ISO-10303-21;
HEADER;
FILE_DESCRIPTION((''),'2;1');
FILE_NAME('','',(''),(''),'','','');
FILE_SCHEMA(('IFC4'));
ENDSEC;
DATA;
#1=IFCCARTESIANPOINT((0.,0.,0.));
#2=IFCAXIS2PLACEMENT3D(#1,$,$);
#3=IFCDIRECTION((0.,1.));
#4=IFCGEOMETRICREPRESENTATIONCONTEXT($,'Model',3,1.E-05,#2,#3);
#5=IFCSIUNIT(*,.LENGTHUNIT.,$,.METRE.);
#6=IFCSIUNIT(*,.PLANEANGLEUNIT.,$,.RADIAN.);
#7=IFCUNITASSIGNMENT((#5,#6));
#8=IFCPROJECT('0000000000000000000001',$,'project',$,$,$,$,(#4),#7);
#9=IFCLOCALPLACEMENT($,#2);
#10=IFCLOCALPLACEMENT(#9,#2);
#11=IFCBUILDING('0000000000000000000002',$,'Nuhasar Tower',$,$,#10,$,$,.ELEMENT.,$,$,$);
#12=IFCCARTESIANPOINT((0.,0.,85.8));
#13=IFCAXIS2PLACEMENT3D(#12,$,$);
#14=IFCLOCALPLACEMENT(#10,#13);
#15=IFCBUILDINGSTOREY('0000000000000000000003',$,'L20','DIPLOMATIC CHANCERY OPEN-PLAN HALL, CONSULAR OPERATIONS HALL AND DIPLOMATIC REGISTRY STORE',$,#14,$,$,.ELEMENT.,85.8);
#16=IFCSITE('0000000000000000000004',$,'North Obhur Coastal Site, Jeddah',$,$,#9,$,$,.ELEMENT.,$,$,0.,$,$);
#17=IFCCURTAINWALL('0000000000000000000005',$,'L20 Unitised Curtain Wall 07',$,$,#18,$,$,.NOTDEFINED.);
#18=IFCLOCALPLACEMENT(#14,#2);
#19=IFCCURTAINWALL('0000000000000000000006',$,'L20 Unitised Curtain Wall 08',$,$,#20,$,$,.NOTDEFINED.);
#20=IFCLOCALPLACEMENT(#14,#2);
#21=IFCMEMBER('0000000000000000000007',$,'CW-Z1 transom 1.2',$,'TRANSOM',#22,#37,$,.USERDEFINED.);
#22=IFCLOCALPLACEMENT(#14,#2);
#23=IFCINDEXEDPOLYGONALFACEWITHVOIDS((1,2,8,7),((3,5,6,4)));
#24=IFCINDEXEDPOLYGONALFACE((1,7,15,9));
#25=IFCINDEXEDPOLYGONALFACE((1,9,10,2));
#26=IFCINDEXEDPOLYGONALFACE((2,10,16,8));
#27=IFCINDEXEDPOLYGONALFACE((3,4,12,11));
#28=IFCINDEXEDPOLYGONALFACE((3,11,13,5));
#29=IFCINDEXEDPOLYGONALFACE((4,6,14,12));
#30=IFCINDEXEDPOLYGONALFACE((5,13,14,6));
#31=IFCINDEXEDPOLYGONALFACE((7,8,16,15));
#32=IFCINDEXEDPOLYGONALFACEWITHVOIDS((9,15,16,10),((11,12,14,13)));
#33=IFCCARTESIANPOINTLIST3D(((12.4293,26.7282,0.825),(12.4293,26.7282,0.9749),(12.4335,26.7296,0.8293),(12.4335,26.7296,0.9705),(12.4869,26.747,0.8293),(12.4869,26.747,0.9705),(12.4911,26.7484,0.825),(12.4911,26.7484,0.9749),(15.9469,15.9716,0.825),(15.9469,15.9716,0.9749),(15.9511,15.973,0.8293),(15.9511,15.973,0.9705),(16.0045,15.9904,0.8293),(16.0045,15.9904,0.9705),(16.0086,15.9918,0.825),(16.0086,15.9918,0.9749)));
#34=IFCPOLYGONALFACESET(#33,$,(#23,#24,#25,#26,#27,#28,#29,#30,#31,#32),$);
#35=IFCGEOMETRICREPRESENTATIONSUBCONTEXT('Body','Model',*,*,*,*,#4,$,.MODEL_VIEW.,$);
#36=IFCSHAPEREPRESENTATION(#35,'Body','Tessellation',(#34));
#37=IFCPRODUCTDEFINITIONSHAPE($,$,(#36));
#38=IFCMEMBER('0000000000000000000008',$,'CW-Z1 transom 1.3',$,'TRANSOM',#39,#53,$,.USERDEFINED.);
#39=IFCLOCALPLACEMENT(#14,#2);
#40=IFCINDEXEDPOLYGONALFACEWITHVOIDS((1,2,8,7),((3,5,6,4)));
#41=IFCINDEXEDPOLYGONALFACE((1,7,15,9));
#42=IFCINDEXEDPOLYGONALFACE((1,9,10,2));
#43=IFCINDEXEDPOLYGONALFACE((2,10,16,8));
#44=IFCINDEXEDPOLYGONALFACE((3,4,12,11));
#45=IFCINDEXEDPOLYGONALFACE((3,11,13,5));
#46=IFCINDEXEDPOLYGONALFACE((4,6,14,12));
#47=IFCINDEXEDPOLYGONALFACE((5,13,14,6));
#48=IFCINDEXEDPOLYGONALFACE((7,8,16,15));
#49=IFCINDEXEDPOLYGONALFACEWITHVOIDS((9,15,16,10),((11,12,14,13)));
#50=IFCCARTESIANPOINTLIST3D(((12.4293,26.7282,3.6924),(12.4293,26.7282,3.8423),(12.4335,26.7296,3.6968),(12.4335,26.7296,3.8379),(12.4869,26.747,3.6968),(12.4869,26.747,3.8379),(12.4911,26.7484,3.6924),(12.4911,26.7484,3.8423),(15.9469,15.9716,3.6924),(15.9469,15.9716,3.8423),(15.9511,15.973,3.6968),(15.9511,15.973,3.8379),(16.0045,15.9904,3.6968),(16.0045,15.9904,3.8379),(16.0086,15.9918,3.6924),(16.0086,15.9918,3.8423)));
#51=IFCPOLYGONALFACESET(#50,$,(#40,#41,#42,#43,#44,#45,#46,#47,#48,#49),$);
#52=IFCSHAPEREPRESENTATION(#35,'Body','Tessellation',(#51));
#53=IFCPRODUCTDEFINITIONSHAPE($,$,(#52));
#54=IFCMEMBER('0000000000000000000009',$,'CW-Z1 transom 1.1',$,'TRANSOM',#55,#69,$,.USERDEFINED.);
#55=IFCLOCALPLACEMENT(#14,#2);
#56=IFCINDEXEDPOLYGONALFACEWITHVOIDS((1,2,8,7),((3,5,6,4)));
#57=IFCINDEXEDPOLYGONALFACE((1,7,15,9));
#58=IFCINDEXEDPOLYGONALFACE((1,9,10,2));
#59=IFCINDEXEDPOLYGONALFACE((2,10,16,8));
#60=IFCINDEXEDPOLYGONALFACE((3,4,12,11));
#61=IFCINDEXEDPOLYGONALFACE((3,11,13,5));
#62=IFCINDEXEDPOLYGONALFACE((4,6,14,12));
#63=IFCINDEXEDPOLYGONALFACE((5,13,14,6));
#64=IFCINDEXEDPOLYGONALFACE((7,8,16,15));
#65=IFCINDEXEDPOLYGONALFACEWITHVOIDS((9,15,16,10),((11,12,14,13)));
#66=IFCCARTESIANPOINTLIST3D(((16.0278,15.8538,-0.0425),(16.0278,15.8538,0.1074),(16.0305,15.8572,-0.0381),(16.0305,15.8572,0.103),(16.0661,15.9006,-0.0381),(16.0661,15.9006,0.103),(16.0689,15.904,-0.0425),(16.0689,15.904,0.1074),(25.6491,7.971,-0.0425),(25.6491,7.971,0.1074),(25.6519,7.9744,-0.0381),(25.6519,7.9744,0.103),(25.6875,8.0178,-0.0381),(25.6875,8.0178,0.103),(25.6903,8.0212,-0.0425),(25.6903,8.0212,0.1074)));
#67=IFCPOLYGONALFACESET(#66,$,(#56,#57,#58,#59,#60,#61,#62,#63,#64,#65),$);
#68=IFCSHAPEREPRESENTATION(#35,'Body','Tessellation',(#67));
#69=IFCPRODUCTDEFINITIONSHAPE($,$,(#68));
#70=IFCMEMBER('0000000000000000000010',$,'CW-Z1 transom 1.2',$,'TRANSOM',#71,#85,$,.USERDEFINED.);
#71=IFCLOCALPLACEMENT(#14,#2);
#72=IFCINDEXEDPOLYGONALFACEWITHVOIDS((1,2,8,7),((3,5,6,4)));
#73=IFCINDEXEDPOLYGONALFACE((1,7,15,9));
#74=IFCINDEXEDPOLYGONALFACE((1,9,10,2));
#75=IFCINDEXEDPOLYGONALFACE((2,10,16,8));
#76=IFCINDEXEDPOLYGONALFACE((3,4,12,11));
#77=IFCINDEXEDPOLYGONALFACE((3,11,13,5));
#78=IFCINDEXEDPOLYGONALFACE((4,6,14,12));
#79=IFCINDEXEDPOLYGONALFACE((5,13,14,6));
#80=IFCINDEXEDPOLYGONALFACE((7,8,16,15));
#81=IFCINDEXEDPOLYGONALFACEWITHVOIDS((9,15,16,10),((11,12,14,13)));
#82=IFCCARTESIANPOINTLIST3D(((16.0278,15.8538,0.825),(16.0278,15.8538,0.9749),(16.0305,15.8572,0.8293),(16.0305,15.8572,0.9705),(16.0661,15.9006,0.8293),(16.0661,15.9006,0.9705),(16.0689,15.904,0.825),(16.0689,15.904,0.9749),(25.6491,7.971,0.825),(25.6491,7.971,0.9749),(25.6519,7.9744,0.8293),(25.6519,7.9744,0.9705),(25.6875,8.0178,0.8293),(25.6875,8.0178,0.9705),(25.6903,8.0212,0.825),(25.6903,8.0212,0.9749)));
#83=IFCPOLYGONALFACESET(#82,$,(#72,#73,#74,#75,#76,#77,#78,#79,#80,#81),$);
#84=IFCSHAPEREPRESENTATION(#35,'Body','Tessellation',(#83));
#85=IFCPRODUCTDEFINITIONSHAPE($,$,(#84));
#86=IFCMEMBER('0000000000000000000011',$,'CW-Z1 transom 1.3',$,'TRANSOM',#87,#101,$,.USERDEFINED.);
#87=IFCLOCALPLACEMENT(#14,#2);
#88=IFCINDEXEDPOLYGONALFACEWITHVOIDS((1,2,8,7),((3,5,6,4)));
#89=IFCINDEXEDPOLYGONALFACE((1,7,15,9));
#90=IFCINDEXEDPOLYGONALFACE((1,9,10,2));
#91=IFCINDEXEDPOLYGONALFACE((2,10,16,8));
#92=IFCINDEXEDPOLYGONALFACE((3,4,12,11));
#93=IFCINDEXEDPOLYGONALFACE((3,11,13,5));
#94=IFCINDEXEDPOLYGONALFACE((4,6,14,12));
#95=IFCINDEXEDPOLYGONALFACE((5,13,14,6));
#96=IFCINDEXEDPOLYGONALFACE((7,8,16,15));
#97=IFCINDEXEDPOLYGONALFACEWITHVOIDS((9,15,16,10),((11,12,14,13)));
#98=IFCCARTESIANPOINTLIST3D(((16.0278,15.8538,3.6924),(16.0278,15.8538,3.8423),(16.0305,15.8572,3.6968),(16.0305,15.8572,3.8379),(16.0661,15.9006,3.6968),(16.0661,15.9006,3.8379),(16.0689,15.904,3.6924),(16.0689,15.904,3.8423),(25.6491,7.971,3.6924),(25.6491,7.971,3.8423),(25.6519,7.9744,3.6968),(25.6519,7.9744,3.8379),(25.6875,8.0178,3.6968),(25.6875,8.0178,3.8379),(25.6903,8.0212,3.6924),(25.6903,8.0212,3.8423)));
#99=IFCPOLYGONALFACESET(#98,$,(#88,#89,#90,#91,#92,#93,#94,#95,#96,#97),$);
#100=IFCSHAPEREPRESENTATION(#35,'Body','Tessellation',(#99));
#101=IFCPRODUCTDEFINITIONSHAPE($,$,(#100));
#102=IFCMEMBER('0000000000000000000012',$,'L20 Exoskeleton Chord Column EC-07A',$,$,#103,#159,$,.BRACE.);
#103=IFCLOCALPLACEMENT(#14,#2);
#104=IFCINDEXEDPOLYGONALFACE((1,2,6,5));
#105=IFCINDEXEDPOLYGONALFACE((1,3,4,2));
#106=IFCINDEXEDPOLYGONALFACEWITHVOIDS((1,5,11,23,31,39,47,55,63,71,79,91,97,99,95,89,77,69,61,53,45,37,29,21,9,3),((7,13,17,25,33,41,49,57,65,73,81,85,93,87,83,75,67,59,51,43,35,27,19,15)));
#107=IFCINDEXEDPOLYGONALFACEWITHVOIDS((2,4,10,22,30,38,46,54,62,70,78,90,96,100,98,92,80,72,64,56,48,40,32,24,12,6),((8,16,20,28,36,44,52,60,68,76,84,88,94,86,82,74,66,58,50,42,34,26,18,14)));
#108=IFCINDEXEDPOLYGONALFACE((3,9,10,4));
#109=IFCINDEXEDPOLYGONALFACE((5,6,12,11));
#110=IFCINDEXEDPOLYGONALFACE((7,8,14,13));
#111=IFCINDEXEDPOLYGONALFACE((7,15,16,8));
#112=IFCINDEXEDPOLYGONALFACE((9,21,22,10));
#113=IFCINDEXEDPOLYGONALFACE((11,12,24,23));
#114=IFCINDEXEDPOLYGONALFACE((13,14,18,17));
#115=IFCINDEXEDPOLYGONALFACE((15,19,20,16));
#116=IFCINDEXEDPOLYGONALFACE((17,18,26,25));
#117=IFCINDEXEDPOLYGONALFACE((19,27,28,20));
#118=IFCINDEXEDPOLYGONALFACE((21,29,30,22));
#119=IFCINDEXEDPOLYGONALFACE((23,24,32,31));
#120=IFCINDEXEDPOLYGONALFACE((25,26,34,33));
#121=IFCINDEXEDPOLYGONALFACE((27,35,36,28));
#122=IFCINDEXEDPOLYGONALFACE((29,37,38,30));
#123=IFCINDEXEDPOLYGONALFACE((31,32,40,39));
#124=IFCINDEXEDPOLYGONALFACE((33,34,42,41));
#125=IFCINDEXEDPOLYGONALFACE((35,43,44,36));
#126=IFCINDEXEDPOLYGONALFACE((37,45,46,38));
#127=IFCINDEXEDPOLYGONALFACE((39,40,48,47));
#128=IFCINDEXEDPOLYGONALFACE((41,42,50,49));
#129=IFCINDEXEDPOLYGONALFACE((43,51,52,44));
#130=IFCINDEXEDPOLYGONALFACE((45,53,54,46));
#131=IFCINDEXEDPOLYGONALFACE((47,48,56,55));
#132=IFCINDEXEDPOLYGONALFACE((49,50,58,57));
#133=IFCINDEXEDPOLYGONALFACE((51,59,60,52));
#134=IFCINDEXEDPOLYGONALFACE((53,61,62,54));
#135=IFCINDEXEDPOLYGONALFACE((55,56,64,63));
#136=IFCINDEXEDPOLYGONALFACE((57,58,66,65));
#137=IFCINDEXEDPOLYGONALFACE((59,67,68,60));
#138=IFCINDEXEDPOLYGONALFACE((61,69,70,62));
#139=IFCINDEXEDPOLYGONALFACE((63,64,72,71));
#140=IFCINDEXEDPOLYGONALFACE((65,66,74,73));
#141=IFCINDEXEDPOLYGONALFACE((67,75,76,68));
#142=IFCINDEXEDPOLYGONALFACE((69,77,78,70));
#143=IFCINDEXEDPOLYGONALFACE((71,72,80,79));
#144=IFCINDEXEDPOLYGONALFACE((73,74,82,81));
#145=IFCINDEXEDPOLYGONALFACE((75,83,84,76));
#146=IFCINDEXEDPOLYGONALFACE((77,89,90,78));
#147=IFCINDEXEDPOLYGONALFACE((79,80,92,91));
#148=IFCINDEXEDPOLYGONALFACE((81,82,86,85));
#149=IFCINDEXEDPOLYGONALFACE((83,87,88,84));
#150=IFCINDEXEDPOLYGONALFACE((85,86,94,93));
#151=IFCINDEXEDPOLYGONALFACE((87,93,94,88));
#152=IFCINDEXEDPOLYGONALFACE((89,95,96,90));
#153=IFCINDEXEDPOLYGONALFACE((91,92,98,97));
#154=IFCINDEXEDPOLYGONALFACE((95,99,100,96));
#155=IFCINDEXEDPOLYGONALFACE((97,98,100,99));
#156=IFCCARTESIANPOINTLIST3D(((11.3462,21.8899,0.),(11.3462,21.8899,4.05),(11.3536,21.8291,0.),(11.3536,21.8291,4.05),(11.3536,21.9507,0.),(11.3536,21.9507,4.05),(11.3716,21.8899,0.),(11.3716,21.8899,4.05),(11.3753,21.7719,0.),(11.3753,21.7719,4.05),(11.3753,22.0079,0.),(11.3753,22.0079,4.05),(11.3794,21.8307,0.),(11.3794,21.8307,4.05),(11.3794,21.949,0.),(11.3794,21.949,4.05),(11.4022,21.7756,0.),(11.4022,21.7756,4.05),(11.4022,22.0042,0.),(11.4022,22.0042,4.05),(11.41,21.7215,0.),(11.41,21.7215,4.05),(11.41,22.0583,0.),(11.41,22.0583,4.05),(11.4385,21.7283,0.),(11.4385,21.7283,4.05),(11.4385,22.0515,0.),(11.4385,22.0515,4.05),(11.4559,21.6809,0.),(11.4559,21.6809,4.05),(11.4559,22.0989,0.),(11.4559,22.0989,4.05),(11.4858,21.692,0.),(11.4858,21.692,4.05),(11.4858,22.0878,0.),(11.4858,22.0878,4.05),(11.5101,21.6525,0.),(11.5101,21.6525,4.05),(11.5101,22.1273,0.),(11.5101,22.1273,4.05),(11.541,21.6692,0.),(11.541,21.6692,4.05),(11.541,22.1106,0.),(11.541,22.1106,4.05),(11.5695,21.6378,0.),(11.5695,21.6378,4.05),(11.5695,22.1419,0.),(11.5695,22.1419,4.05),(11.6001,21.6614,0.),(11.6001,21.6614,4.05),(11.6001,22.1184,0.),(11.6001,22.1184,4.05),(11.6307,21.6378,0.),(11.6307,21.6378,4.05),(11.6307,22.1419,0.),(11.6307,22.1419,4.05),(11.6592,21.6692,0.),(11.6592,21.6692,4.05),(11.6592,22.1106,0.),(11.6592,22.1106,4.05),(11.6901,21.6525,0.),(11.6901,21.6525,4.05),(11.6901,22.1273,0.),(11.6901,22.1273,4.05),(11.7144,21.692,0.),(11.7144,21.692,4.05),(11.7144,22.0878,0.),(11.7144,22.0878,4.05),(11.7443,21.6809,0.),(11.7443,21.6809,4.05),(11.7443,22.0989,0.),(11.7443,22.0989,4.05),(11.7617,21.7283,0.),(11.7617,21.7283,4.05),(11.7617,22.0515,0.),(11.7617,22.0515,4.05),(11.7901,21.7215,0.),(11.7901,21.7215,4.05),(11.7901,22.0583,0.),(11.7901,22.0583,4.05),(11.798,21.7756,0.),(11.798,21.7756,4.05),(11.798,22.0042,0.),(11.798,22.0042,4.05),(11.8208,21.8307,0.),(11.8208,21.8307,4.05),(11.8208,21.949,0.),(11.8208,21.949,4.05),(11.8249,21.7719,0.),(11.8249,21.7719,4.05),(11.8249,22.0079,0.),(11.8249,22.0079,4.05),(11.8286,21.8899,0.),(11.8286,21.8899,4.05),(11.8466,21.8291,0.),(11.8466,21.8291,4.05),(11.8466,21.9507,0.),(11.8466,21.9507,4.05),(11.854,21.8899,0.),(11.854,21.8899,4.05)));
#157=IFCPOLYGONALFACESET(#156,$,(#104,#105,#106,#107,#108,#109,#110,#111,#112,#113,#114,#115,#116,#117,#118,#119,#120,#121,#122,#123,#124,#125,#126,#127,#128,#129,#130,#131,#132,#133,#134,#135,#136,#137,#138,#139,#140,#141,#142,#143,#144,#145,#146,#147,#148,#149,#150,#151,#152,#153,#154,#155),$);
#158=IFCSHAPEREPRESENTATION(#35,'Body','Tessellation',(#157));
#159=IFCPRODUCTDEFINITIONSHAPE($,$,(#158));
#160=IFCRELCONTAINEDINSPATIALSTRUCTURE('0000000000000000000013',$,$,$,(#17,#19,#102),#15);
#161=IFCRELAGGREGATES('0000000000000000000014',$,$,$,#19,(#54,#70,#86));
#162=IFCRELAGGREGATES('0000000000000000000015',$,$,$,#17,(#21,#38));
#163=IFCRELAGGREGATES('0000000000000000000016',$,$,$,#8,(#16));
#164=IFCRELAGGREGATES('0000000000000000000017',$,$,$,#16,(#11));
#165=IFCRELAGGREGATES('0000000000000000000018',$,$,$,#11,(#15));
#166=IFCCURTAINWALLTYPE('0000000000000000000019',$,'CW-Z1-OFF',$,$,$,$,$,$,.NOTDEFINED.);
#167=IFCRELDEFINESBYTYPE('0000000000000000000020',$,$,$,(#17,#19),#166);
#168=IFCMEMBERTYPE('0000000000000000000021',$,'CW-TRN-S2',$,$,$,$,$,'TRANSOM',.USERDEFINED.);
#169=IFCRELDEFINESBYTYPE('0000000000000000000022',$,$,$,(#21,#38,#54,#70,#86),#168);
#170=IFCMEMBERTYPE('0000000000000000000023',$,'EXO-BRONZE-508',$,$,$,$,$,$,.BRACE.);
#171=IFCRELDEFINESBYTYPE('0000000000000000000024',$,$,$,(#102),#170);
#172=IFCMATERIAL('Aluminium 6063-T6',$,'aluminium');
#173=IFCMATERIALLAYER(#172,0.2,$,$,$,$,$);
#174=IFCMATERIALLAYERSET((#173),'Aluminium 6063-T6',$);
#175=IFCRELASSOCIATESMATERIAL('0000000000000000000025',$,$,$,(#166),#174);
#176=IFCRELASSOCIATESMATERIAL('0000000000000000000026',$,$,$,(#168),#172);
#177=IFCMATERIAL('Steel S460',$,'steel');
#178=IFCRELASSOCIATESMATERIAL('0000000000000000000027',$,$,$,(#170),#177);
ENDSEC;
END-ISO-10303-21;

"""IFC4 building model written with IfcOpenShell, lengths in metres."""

from ifc_helpers import new_model, si_unit, direction, frame, origin, origin_2d, place, context, subcontext, project, spatial, hollow_rectangle, hollow_circle, extrude, material, layer, layer_set, material_profile, profile_set, type_object, element, aggregate, save


model = new_model("IFC4")

# Units and contexts
model_context = context("Model", 3, precision=1e-05, world=origin(), true_north=direction((0.0, 1.0)))
body_context = subcontext(model_context, "Body", "Model", "MODEL_VIEW")
ifc_project = project(units=[si_unit("LENGTHUNIT", "METRE"), si_unit("PLANEANGLEUNIT", "RADIAN")], contexts=[model_context])

# Site, building, storey
site_placement = place(None, origin())
site = spatial("IfcSite", under=ifc_project, at=site_placement, Name="North Obhur Coastal Site, Jeddah", CompositionType="ELEMENT", RefElevation=0.0)
building_placement = place(site_placement, origin())
building = spatial("IfcBuilding", under=site, at=building_placement, Name="Nuhasar Tower", CompositionType="ELEMENT")
storey_placement = place(building_placement, frame((0.0, 0.0, 85.8)))
storey = spatial("IfcBuildingStorey", under=building, at=storey_placement, Name="L20", Description="DIPLOMATIC CHANCERY OPEN-PLAN HALL, CONSULAR OPERATIONS HALL AND DIPLOMATIC REGISTRY STORE", CompositionType="ELEMENT", Elevation=85.8)

# Curtain wall
ifc_material_1 = material(Name="Aluminium 6063-T6", Category="aluminium")
ifc_layer_1 = layer(ifc_material_1, 0.2)
ifc_layer_set_1 = layer_set([ifc_layer_1], Name="Aluminium 6063-T6")
curtain_wall_type = type_object("IfcCurtainWallType", Name="CW-Z1-OFF", PredefinedType="NOTDEFINED", material=ifc_layer_set_1)
curtain_wall_1_placement = place(storey_placement, origin())
curtain_wall_1 = element("IfcCurtainWall", 1, at=curtain_wall_1_placement, inside=storey, type_object=curtain_wall_type, Name="L20 Unitised Curtain Wall 07", PredefinedType="NOTDEFINED")

# Curtain wall
curtain_wall_2_placement = place(storey_placement, origin())
curtain_wall_2 = element("IfcCurtainWall", 2, at=curtain_wall_2_placement, inside=storey, type_object=curtain_wall_type, Name="L20 Unitised Curtain Wall 08", PredefinedType="NOTDEFINED")

# Members
ifc_material_profile_1 = material_profile(ifc_material_1, hollow_rectangle(XDim=0.0649, YDim=0.1499, WallThickness=0.0044, at=origin_2d()), Name="CWT-2")
ifc_profile_set_1 = profile_set([ifc_material_profile_1], Name="Aluminium 6063-T6")
member_type_1 = type_object("IfcMemberType", Name="CW-TRN-S2", ElementType="TRANSOM", PredefinedType="USERDEFINED", material=ifc_profile_set_1)
member_1_placement = place(storey_placement, frame((12.4602, 26.7383, 0.8999), z_axis=(0.310819, -0.950469, 0.0), x_axis=(0.950469, 0.310819, 0.0)))
member_1 = element("IfcMember", 3, at=member_1_placement, type_object=member_type_1, Name="CW-Z1 transom 1.2", ObjectType="TRANSOM", PredefinedType="USERDEFINED", context=body_context, shape_type="SweptSolid", body=[
    extrude(hollow_rectangle(XDim=0.0649, YDim=0.1499, WallThickness=0.0044, at=origin_2d()), origin(), (0.0, 0.0, 1.0), 11.3171),
])
member_2_placement = place(storey_placement, frame((12.4602, 26.7383, 3.7673), z_axis=(0.310819, -0.950469, 0.0), x_axis=(0.950469, 0.310819, 0.0)))
member_2 = element("IfcMember", 4, at=member_2_placement, type_object=member_type_1, Name="CW-Z1 transom 1.3", ObjectType="TRANSOM", PredefinedType="USERDEFINED", context=body_context, shape_type="SweptSolid", body=[
    extrude(hollow_rectangle(XDim=0.0649, YDim=0.1499, WallThickness=0.0044, at=origin_2d()), origin(), (0.0, 0.0, 1.0), 11.3171),
])
member_3_placement = place(storey_placement, frame((16.0483, 15.8789, 0.0325), z_axis=(0.773531, -0.633758, 0.0), x_axis=(0.633758, 0.773531, 0.0)))
member_3 = element("IfcMember", 5, at=member_3_placement, type_object=member_type_1, Name="CW-Z1 transom 1.1", ObjectType="TRANSOM", PredefinedType="USERDEFINED", context=body_context, shape_type="SweptSolid", body=[
    extrude(hollow_rectangle(XDim=0.0649, YDim=0.1499, WallThickness=0.0044, at=origin_2d()), origin(), (0.0, 0.0, 1.0), 12.4382),
])
member_4_placement = place(storey_placement, frame((16.0483, 15.8789, 0.8999), z_axis=(0.773531, -0.633758, 0.0), x_axis=(0.633758, 0.773531, 0.0)))
member_4 = element("IfcMember", 6, at=member_4_placement, type_object=member_type_1, Name="CW-Z1 transom 1.2", ObjectType="TRANSOM", PredefinedType="USERDEFINED", context=body_context, shape_type="SweptSolid", body=[
    extrude(hollow_rectangle(XDim=0.0649, YDim=0.1499, WallThickness=0.0044, at=origin_2d()), origin(), (0.0, 0.0, 1.0), 12.4382),
])
member_5_placement = place(storey_placement, frame((16.0483, 15.8789, 3.7673), z_axis=(0.773531, -0.633758, 0.0), x_axis=(0.633758, 0.773531, 0.0)))
member_5 = element("IfcMember", 7, at=member_5_placement, type_object=member_type_1, Name="CW-Z1 transom 1.3", ObjectType="TRANSOM", PredefinedType="USERDEFINED", context=body_context, shape_type="SweptSolid", body=[
    extrude(hollow_rectangle(XDim=0.0649, YDim=0.1499, WallThickness=0.0044, at=origin_2d()), origin(), (0.0, 0.0, 1.0), 12.4382),
])
aggregate(curtain_wall_2, [member_3, member_4, member_5])

# Member
ifc_material_2 = material(Name="Steel S460", Category="steel")
ifc_material_profile_2 = material_profile(ifc_material_2, hollow_circle(Radius=0.2539, WallThickness=0.0254, at=origin_2d()), Name="HSS508X25.4")
ifc_profile_set_2 = profile_set([ifc_material_profile_2], Name="Steel S460")
member_type_2 = type_object("IfcMemberType", Name="EXO-BRONZE-508", PredefinedType="BRACE", material=ifc_profile_set_2)
for number, where, z_axis, x_axis, name in (
    (8, (11.6001, 21.8899, 0.0), (0.0, 0.0, 1.0), (1.0, 0.0, 0.0), "L20 Exoskeleton Chord Column EC-07A"),
):
    element("IfcMember", number, at=place(storey_placement, frame(where, z_axis=z_axis, x_axis=x_axis)), inside=storey, type_object=member_type_2, Name=name, PredefinedType="BRACE", context=body_context, shape_type="SweptSolid", body=[
        extrude(hollow_circle(Radius=0.2539, WallThickness=0.0254, at=origin_2d()), origin(), (0.0, 0.0, 1.0), 4.05),
    ])

aggregate(curtain_wall_1, [member_1, member_2])

save(model, "model.ifc")
